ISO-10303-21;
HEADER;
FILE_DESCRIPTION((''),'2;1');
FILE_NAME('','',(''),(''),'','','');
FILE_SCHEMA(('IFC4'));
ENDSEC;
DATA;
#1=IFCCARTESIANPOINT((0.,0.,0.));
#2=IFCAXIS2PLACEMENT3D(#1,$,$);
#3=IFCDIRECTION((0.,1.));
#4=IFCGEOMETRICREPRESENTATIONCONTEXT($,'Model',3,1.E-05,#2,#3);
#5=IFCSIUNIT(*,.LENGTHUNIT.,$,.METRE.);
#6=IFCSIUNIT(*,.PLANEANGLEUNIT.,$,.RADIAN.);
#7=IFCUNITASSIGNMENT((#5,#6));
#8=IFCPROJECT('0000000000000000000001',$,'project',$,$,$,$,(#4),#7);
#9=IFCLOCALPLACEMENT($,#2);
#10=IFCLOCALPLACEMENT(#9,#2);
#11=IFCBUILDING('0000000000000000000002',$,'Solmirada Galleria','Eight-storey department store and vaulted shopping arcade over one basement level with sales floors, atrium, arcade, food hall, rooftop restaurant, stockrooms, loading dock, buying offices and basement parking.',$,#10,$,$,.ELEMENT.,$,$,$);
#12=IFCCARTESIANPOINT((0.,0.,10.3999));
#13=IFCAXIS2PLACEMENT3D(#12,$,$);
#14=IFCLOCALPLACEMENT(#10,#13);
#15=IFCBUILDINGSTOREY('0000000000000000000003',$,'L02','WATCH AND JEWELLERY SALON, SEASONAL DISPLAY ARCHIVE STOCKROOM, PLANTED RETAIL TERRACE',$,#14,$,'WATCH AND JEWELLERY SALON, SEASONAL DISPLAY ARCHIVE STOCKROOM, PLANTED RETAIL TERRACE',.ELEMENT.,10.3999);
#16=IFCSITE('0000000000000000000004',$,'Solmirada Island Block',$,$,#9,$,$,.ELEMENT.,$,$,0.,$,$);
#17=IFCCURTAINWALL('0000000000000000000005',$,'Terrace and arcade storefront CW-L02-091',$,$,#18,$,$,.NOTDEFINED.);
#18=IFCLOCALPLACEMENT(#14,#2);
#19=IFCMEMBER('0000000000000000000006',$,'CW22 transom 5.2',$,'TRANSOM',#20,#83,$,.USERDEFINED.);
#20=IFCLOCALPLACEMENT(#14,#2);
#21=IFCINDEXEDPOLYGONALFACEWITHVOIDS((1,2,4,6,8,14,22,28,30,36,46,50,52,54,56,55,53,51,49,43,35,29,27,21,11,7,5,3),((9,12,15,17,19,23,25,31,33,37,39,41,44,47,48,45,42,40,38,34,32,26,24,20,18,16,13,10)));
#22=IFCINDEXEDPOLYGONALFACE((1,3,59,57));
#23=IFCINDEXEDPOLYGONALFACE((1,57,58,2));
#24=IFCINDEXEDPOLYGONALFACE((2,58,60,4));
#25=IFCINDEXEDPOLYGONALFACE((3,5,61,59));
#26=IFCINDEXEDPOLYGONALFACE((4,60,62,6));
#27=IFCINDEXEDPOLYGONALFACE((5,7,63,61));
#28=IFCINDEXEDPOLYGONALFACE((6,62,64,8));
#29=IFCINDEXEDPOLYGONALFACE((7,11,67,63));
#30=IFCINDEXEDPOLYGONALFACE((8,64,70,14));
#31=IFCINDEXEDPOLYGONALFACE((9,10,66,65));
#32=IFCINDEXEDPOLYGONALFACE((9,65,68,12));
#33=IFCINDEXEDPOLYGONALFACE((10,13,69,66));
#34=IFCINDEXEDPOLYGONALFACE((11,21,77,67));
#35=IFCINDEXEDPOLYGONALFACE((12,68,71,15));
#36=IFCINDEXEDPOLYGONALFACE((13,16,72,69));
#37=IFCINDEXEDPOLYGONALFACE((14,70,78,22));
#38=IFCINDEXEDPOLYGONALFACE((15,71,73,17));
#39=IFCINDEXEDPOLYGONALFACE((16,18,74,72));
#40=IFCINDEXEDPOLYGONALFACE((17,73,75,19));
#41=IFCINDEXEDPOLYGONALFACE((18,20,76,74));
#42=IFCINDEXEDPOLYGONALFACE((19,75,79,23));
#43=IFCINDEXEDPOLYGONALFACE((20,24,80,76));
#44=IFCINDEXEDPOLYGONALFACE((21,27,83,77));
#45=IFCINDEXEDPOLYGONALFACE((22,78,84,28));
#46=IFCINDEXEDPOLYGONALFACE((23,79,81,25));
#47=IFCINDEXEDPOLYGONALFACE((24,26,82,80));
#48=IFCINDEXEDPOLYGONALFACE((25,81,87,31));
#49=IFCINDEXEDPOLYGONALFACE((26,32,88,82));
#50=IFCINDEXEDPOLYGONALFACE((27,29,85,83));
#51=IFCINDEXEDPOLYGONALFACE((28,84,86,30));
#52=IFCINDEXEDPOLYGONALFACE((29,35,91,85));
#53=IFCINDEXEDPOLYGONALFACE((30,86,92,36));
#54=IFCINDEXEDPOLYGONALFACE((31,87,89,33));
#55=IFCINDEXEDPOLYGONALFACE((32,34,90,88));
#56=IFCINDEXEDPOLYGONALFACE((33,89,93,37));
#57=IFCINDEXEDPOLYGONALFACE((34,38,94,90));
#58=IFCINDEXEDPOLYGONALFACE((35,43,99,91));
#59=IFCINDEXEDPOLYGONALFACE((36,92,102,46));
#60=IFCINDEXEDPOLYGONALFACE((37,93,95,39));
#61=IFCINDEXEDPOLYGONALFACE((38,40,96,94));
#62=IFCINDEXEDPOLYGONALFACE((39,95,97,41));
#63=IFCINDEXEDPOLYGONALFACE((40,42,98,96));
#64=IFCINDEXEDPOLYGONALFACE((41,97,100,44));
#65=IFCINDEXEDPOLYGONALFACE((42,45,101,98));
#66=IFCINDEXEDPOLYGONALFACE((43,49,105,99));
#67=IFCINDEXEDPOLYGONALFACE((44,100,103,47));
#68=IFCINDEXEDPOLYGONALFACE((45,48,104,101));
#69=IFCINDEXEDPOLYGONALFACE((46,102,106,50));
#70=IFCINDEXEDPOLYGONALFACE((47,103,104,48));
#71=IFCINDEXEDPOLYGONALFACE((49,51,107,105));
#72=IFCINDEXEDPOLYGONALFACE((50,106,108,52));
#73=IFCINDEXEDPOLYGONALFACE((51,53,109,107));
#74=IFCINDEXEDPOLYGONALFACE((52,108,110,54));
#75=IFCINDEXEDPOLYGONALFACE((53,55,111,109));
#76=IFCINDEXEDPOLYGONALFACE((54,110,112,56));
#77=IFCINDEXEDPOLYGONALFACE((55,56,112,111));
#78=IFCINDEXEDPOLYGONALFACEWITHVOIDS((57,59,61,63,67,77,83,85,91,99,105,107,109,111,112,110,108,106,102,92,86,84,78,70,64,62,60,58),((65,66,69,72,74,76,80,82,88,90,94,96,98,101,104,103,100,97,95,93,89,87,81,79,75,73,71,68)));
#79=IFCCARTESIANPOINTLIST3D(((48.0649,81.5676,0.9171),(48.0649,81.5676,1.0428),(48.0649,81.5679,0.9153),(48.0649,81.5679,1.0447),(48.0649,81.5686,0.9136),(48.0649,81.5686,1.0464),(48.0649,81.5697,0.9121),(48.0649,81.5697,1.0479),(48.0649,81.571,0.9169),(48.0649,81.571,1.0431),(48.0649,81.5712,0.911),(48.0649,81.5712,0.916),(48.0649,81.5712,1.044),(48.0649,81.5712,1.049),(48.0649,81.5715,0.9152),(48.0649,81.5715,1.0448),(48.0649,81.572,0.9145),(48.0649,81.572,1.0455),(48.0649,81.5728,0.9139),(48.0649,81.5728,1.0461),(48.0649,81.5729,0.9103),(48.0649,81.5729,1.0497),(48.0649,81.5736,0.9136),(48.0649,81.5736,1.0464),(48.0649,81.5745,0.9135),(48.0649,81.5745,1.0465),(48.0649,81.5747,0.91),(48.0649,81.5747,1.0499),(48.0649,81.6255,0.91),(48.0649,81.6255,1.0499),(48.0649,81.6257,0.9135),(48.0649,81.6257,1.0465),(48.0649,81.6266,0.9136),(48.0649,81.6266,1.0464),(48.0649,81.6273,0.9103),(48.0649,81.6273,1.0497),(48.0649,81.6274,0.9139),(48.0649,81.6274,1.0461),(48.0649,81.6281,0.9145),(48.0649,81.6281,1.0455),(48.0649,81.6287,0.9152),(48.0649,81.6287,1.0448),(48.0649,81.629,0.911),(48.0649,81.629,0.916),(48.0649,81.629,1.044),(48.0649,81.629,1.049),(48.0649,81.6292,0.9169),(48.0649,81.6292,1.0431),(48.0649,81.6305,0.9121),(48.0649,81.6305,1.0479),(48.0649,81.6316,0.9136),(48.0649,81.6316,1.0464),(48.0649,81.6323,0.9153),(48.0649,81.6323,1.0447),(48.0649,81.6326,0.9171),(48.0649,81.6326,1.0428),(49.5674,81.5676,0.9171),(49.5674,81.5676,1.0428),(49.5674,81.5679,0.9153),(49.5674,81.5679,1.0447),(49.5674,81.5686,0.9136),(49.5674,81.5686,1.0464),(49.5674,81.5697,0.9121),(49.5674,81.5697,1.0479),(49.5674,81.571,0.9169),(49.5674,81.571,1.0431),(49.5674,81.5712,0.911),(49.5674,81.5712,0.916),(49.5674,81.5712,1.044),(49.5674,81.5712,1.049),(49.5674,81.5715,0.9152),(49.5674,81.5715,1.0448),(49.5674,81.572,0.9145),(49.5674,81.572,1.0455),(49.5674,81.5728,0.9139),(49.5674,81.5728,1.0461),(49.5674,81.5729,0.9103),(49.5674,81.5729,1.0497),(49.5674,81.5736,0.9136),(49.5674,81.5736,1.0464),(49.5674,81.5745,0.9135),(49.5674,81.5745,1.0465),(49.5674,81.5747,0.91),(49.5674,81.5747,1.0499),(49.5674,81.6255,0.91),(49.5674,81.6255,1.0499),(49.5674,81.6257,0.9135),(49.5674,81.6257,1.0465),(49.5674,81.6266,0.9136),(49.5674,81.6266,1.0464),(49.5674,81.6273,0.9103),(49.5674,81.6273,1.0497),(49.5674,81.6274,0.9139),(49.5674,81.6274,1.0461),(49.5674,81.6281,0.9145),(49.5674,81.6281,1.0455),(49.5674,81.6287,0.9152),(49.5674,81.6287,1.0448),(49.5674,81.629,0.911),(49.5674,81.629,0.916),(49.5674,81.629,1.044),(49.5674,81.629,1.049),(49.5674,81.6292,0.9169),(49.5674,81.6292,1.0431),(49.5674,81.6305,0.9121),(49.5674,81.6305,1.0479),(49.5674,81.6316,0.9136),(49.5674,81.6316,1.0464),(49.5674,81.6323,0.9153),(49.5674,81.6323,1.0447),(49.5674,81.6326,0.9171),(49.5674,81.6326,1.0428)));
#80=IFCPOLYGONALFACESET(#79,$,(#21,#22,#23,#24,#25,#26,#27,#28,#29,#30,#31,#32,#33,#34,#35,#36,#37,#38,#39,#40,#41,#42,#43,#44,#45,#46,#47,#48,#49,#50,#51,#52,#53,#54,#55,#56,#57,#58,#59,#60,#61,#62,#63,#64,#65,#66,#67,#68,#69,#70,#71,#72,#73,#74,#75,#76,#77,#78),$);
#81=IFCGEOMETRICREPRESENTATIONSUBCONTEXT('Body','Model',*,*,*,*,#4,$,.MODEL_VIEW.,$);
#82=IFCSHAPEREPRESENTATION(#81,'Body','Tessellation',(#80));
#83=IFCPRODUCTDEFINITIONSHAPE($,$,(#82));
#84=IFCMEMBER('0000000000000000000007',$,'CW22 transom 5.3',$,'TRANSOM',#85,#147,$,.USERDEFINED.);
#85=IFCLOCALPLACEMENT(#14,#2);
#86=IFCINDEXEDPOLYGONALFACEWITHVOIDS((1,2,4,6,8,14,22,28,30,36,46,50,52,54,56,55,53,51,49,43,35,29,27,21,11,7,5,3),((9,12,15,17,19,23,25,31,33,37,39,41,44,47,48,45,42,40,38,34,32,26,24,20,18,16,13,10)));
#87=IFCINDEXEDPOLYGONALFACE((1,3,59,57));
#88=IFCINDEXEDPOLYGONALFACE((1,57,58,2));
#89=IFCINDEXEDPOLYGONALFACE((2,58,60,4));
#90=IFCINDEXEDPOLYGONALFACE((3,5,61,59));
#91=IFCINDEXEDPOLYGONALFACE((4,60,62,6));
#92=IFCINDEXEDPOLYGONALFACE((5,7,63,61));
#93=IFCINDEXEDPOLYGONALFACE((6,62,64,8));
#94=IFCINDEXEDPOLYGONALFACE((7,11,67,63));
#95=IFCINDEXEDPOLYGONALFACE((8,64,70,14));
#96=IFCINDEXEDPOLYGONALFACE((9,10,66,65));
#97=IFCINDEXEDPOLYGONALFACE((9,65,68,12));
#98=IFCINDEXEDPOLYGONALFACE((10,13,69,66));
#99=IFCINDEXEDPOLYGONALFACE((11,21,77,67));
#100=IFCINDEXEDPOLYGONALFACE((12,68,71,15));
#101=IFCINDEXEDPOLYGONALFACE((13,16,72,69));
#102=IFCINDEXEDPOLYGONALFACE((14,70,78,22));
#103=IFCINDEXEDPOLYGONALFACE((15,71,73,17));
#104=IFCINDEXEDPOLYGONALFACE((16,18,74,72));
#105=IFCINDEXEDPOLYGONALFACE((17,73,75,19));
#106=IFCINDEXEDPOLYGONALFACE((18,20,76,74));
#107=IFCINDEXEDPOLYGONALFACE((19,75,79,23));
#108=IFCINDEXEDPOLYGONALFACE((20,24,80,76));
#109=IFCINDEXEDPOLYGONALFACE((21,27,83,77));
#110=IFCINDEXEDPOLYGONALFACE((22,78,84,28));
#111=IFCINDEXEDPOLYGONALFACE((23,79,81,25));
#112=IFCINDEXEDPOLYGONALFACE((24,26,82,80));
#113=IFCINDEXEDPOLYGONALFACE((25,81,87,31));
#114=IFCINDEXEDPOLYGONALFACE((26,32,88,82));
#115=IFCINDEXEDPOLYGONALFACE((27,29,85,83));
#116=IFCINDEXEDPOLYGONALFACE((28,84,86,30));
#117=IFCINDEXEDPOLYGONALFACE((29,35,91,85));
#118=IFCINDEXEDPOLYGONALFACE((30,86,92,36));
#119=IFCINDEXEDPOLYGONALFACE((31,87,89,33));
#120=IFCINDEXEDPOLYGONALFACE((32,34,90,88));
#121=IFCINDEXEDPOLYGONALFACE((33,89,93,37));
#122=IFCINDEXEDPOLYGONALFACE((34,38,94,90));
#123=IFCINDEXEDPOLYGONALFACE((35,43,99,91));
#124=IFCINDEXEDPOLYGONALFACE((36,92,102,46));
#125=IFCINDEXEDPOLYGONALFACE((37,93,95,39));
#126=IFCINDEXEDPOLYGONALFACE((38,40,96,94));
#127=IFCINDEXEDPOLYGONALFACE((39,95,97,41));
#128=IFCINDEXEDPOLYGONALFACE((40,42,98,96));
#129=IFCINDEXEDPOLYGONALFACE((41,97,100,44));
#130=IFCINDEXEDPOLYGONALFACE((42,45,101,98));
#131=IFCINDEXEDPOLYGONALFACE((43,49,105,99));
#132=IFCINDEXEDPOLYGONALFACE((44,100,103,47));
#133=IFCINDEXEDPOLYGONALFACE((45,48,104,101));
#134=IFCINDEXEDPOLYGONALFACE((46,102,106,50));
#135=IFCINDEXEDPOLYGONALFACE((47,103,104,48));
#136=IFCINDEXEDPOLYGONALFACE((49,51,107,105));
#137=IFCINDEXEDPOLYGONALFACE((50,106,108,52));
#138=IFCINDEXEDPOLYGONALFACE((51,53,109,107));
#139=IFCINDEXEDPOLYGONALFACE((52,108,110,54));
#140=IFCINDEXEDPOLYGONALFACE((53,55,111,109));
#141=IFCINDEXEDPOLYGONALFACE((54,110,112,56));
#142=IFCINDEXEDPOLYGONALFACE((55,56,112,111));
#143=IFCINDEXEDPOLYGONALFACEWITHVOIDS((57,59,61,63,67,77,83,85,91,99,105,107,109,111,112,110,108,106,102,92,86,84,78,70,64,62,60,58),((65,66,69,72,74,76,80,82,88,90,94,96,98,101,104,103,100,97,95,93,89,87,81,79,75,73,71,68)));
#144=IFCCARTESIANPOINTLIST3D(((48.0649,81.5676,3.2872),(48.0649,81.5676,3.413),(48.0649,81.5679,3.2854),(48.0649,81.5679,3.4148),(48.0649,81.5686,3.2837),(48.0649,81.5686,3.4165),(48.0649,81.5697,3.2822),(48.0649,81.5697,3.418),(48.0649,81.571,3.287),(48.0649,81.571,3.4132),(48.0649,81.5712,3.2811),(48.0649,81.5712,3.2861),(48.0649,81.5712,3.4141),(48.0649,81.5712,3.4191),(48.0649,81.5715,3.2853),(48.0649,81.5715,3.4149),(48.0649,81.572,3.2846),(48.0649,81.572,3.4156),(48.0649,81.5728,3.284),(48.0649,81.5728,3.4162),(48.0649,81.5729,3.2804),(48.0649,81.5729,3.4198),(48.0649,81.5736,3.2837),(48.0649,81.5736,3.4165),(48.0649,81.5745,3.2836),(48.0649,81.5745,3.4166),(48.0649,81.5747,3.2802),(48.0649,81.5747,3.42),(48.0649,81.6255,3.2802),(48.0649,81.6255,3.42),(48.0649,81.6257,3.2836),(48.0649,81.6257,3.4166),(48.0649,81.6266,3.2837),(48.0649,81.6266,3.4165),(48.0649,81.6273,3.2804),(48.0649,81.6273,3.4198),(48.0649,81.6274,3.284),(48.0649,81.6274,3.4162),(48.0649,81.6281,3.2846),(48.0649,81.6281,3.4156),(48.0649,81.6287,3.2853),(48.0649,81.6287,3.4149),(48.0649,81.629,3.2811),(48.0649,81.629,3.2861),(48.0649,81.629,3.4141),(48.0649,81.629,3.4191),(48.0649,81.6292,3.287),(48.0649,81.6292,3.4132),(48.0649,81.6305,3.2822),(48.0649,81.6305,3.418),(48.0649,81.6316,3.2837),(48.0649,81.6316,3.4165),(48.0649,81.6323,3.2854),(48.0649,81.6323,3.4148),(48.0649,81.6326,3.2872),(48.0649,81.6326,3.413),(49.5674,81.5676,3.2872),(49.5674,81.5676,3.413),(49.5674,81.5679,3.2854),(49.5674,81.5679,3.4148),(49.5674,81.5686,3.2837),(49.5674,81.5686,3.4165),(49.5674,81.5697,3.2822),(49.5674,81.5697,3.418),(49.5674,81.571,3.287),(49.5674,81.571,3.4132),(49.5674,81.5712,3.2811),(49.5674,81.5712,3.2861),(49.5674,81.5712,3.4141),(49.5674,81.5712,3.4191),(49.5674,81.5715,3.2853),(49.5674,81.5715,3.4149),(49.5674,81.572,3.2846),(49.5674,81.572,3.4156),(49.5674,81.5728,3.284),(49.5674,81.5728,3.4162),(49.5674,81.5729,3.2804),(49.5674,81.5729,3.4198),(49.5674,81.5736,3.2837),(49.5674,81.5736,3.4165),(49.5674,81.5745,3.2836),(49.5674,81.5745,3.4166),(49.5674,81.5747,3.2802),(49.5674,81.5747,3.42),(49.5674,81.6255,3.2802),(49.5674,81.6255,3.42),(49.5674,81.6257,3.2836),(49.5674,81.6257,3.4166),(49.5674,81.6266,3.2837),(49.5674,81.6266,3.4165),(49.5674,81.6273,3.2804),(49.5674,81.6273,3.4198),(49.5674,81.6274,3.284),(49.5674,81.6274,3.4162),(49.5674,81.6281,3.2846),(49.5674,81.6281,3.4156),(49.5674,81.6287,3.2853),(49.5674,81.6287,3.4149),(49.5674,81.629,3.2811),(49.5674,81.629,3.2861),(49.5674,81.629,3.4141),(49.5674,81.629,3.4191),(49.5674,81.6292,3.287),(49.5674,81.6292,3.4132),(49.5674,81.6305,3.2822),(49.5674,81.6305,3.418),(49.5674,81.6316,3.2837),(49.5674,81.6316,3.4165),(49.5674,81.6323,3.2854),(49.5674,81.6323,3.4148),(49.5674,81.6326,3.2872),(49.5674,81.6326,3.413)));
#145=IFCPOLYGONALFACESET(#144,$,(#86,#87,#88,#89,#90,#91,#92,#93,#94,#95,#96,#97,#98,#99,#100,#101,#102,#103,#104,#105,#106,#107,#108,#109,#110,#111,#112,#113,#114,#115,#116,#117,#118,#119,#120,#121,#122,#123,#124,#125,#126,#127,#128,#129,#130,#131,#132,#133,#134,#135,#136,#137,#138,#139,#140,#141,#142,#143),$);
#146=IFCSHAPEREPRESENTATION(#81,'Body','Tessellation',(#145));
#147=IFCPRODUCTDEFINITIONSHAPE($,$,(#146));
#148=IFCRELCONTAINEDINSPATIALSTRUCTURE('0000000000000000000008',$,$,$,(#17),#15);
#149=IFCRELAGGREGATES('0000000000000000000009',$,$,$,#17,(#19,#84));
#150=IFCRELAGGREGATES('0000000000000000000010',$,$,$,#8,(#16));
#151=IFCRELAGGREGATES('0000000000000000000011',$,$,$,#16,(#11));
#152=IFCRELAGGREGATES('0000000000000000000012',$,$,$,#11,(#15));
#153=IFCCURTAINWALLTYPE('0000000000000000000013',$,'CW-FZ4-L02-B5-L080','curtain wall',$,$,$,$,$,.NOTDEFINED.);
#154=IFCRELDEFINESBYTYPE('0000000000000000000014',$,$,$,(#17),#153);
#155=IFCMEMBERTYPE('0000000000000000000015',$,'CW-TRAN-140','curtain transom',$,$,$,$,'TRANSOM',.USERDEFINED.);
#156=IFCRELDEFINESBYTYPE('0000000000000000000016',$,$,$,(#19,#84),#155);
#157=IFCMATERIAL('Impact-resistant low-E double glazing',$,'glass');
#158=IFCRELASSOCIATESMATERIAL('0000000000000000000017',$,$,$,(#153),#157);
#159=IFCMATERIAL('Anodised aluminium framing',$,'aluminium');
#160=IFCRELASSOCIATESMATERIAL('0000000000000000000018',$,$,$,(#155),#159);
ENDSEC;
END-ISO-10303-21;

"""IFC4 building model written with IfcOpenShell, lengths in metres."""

from ifc_helpers import new_model, si_unit, direction, frame, origin, origin_2d, place, context, subcontext, project, spatial, hollow_rectangle, extrude, material, material_profile, profile_set, type_object, element, aggregate, save


model = new_model("IFC4")

# Units and contexts
model_context = context("Model", 3, precision=1e-05, world=origin(), true_north=direction((0.0, 1.0)))
body_context = subcontext(model_context, "Body", "Model", "MODEL_VIEW")
ifc_project = project(units=[si_unit("LENGTHUNIT", "METRE"), si_unit("PLANEANGLEUNIT", "RADIAN")], contexts=[model_context])

# Site, building, storey
site_placement = place(None, origin())
site = spatial("IfcSite", under=ifc_project, at=site_placement, Name="Solmirada Island Block", CompositionType="ELEMENT", RefElevation=0.0)
building_placement = place(site_placement, origin())
building = spatial("IfcBuilding", under=site, at=building_placement, Name="Solmirada Galleria", Description="Eight-storey department store and vaulted shopping arcade over one basement level with sales floors, atrium, arcade, food hall, rooftop restaurant, stockrooms, loading dock, buying offices and basement parking.", CompositionType="ELEMENT")
storey_placement = place(building_placement, frame((0.0, 0.0, 10.3999)))
storey = spatial("IfcBuildingStorey", under=building, at=storey_placement, Name="L02", Description="WATCH AND JEWELLERY SALON, SEASONAL DISPLAY ARCHIVE STOCKROOM, PLANTED RETAIL TERRACE", LongName="WATCH AND JEWELLERY SALON, SEASONAL DISPLAY ARCHIVE STOCKROOM, PLANTED RETAIL TERRACE", CompositionType="ELEMENT", Elevation=10.3999)

# Curtain wall
ifc_material_1 = material(Name="Impact-resistant low-E double glazing", Category="glass")
curtain_wall_type = type_object("IfcCurtainWallType", Name="CW-FZ4-L02-B5-L080", Description="curtain wall", PredefinedType="NOTDEFINED", material=ifc_material_1)
curtain_wall_1_placement = place(storey_placement, origin())
curtain_wall_1 = element("IfcCurtainWall", 1, at=curtain_wall_1_placement, inside=storey, type_object=curtain_wall_type, Name="Terrace and arcade storefront CW-L02-091", PredefinedType="NOTDEFINED")
ifc_material_2 = material(Name="Anodised aluminium framing", Category="aluminium")

# Members
ifc_material_profile_1 = material_profile(ifc_material_2, hollow_rectangle(XDim=0.0649, YDim=0.1399, WallThickness=0.0034, InnerFilletRadius=0.0034, OuterFilletRadius=0.0071, at=origin_2d()), Name="ALU-TRAN-140X65")
ifc_profile_set_1 = profile_set([ifc_material_profile_1], Name="Anodised aluminium framing")
member_type_1 = type_object("IfcMemberType", Name="CW-TRAN-140", Description="curtain transom", ElementType="TRANSOM", PredefinedType="USERDEFINED", material=ifc_profile_set_1)
member_1_placement = place(storey_placement, frame((49.5674, 81.6001, 0.98), z_axis=(-1.0, 0.0, 0.0), x_axis=(0.0, -1.0, 0.0)))
member_1 = element("IfcMember", 2, at=member_1_placement, type_object=member_type_1, Name="CW22 transom 5.2", ObjectType="TRANSOM", PredefinedType="USERDEFINED", context=body_context, shape_type="SweptSolid", body=[
    extrude(hollow_rectangle(XDim=0.0649, YDim=0.1399, WallThickness=0.0034, InnerFilletRadius=0.0034, OuterFilletRadius=0.0071, at=origin_2d()), origin(), (0.0, 0.0, 1.0), 1.5024),
])
member_2_placement = place(storey_placement, frame((49.5674, 81.6001, 3.3501), z_axis=(-1.0, 0.0, 0.0), x_axis=(0.0, -1.0, 0.0)))
member_2 = element("IfcMember", 3, at=member_2_placement, type_object=member_type_1, Name="CW22 transom 5.3", ObjectType="TRANSOM", PredefinedType="USERDEFINED", context=body_context, shape_type="SweptSolid", body=[
    extrude(hollow_rectangle(XDim=0.0649, YDim=0.1399, WallThickness=0.0034, InnerFilletRadius=0.0034, OuterFilletRadius=0.0071, at=origin_2d()), origin(), (0.0, 0.0, 1.0), 1.5024),
])

aggregate(curtain_wall_1, [member_1, member_2])

save(model, "model.ifc")
